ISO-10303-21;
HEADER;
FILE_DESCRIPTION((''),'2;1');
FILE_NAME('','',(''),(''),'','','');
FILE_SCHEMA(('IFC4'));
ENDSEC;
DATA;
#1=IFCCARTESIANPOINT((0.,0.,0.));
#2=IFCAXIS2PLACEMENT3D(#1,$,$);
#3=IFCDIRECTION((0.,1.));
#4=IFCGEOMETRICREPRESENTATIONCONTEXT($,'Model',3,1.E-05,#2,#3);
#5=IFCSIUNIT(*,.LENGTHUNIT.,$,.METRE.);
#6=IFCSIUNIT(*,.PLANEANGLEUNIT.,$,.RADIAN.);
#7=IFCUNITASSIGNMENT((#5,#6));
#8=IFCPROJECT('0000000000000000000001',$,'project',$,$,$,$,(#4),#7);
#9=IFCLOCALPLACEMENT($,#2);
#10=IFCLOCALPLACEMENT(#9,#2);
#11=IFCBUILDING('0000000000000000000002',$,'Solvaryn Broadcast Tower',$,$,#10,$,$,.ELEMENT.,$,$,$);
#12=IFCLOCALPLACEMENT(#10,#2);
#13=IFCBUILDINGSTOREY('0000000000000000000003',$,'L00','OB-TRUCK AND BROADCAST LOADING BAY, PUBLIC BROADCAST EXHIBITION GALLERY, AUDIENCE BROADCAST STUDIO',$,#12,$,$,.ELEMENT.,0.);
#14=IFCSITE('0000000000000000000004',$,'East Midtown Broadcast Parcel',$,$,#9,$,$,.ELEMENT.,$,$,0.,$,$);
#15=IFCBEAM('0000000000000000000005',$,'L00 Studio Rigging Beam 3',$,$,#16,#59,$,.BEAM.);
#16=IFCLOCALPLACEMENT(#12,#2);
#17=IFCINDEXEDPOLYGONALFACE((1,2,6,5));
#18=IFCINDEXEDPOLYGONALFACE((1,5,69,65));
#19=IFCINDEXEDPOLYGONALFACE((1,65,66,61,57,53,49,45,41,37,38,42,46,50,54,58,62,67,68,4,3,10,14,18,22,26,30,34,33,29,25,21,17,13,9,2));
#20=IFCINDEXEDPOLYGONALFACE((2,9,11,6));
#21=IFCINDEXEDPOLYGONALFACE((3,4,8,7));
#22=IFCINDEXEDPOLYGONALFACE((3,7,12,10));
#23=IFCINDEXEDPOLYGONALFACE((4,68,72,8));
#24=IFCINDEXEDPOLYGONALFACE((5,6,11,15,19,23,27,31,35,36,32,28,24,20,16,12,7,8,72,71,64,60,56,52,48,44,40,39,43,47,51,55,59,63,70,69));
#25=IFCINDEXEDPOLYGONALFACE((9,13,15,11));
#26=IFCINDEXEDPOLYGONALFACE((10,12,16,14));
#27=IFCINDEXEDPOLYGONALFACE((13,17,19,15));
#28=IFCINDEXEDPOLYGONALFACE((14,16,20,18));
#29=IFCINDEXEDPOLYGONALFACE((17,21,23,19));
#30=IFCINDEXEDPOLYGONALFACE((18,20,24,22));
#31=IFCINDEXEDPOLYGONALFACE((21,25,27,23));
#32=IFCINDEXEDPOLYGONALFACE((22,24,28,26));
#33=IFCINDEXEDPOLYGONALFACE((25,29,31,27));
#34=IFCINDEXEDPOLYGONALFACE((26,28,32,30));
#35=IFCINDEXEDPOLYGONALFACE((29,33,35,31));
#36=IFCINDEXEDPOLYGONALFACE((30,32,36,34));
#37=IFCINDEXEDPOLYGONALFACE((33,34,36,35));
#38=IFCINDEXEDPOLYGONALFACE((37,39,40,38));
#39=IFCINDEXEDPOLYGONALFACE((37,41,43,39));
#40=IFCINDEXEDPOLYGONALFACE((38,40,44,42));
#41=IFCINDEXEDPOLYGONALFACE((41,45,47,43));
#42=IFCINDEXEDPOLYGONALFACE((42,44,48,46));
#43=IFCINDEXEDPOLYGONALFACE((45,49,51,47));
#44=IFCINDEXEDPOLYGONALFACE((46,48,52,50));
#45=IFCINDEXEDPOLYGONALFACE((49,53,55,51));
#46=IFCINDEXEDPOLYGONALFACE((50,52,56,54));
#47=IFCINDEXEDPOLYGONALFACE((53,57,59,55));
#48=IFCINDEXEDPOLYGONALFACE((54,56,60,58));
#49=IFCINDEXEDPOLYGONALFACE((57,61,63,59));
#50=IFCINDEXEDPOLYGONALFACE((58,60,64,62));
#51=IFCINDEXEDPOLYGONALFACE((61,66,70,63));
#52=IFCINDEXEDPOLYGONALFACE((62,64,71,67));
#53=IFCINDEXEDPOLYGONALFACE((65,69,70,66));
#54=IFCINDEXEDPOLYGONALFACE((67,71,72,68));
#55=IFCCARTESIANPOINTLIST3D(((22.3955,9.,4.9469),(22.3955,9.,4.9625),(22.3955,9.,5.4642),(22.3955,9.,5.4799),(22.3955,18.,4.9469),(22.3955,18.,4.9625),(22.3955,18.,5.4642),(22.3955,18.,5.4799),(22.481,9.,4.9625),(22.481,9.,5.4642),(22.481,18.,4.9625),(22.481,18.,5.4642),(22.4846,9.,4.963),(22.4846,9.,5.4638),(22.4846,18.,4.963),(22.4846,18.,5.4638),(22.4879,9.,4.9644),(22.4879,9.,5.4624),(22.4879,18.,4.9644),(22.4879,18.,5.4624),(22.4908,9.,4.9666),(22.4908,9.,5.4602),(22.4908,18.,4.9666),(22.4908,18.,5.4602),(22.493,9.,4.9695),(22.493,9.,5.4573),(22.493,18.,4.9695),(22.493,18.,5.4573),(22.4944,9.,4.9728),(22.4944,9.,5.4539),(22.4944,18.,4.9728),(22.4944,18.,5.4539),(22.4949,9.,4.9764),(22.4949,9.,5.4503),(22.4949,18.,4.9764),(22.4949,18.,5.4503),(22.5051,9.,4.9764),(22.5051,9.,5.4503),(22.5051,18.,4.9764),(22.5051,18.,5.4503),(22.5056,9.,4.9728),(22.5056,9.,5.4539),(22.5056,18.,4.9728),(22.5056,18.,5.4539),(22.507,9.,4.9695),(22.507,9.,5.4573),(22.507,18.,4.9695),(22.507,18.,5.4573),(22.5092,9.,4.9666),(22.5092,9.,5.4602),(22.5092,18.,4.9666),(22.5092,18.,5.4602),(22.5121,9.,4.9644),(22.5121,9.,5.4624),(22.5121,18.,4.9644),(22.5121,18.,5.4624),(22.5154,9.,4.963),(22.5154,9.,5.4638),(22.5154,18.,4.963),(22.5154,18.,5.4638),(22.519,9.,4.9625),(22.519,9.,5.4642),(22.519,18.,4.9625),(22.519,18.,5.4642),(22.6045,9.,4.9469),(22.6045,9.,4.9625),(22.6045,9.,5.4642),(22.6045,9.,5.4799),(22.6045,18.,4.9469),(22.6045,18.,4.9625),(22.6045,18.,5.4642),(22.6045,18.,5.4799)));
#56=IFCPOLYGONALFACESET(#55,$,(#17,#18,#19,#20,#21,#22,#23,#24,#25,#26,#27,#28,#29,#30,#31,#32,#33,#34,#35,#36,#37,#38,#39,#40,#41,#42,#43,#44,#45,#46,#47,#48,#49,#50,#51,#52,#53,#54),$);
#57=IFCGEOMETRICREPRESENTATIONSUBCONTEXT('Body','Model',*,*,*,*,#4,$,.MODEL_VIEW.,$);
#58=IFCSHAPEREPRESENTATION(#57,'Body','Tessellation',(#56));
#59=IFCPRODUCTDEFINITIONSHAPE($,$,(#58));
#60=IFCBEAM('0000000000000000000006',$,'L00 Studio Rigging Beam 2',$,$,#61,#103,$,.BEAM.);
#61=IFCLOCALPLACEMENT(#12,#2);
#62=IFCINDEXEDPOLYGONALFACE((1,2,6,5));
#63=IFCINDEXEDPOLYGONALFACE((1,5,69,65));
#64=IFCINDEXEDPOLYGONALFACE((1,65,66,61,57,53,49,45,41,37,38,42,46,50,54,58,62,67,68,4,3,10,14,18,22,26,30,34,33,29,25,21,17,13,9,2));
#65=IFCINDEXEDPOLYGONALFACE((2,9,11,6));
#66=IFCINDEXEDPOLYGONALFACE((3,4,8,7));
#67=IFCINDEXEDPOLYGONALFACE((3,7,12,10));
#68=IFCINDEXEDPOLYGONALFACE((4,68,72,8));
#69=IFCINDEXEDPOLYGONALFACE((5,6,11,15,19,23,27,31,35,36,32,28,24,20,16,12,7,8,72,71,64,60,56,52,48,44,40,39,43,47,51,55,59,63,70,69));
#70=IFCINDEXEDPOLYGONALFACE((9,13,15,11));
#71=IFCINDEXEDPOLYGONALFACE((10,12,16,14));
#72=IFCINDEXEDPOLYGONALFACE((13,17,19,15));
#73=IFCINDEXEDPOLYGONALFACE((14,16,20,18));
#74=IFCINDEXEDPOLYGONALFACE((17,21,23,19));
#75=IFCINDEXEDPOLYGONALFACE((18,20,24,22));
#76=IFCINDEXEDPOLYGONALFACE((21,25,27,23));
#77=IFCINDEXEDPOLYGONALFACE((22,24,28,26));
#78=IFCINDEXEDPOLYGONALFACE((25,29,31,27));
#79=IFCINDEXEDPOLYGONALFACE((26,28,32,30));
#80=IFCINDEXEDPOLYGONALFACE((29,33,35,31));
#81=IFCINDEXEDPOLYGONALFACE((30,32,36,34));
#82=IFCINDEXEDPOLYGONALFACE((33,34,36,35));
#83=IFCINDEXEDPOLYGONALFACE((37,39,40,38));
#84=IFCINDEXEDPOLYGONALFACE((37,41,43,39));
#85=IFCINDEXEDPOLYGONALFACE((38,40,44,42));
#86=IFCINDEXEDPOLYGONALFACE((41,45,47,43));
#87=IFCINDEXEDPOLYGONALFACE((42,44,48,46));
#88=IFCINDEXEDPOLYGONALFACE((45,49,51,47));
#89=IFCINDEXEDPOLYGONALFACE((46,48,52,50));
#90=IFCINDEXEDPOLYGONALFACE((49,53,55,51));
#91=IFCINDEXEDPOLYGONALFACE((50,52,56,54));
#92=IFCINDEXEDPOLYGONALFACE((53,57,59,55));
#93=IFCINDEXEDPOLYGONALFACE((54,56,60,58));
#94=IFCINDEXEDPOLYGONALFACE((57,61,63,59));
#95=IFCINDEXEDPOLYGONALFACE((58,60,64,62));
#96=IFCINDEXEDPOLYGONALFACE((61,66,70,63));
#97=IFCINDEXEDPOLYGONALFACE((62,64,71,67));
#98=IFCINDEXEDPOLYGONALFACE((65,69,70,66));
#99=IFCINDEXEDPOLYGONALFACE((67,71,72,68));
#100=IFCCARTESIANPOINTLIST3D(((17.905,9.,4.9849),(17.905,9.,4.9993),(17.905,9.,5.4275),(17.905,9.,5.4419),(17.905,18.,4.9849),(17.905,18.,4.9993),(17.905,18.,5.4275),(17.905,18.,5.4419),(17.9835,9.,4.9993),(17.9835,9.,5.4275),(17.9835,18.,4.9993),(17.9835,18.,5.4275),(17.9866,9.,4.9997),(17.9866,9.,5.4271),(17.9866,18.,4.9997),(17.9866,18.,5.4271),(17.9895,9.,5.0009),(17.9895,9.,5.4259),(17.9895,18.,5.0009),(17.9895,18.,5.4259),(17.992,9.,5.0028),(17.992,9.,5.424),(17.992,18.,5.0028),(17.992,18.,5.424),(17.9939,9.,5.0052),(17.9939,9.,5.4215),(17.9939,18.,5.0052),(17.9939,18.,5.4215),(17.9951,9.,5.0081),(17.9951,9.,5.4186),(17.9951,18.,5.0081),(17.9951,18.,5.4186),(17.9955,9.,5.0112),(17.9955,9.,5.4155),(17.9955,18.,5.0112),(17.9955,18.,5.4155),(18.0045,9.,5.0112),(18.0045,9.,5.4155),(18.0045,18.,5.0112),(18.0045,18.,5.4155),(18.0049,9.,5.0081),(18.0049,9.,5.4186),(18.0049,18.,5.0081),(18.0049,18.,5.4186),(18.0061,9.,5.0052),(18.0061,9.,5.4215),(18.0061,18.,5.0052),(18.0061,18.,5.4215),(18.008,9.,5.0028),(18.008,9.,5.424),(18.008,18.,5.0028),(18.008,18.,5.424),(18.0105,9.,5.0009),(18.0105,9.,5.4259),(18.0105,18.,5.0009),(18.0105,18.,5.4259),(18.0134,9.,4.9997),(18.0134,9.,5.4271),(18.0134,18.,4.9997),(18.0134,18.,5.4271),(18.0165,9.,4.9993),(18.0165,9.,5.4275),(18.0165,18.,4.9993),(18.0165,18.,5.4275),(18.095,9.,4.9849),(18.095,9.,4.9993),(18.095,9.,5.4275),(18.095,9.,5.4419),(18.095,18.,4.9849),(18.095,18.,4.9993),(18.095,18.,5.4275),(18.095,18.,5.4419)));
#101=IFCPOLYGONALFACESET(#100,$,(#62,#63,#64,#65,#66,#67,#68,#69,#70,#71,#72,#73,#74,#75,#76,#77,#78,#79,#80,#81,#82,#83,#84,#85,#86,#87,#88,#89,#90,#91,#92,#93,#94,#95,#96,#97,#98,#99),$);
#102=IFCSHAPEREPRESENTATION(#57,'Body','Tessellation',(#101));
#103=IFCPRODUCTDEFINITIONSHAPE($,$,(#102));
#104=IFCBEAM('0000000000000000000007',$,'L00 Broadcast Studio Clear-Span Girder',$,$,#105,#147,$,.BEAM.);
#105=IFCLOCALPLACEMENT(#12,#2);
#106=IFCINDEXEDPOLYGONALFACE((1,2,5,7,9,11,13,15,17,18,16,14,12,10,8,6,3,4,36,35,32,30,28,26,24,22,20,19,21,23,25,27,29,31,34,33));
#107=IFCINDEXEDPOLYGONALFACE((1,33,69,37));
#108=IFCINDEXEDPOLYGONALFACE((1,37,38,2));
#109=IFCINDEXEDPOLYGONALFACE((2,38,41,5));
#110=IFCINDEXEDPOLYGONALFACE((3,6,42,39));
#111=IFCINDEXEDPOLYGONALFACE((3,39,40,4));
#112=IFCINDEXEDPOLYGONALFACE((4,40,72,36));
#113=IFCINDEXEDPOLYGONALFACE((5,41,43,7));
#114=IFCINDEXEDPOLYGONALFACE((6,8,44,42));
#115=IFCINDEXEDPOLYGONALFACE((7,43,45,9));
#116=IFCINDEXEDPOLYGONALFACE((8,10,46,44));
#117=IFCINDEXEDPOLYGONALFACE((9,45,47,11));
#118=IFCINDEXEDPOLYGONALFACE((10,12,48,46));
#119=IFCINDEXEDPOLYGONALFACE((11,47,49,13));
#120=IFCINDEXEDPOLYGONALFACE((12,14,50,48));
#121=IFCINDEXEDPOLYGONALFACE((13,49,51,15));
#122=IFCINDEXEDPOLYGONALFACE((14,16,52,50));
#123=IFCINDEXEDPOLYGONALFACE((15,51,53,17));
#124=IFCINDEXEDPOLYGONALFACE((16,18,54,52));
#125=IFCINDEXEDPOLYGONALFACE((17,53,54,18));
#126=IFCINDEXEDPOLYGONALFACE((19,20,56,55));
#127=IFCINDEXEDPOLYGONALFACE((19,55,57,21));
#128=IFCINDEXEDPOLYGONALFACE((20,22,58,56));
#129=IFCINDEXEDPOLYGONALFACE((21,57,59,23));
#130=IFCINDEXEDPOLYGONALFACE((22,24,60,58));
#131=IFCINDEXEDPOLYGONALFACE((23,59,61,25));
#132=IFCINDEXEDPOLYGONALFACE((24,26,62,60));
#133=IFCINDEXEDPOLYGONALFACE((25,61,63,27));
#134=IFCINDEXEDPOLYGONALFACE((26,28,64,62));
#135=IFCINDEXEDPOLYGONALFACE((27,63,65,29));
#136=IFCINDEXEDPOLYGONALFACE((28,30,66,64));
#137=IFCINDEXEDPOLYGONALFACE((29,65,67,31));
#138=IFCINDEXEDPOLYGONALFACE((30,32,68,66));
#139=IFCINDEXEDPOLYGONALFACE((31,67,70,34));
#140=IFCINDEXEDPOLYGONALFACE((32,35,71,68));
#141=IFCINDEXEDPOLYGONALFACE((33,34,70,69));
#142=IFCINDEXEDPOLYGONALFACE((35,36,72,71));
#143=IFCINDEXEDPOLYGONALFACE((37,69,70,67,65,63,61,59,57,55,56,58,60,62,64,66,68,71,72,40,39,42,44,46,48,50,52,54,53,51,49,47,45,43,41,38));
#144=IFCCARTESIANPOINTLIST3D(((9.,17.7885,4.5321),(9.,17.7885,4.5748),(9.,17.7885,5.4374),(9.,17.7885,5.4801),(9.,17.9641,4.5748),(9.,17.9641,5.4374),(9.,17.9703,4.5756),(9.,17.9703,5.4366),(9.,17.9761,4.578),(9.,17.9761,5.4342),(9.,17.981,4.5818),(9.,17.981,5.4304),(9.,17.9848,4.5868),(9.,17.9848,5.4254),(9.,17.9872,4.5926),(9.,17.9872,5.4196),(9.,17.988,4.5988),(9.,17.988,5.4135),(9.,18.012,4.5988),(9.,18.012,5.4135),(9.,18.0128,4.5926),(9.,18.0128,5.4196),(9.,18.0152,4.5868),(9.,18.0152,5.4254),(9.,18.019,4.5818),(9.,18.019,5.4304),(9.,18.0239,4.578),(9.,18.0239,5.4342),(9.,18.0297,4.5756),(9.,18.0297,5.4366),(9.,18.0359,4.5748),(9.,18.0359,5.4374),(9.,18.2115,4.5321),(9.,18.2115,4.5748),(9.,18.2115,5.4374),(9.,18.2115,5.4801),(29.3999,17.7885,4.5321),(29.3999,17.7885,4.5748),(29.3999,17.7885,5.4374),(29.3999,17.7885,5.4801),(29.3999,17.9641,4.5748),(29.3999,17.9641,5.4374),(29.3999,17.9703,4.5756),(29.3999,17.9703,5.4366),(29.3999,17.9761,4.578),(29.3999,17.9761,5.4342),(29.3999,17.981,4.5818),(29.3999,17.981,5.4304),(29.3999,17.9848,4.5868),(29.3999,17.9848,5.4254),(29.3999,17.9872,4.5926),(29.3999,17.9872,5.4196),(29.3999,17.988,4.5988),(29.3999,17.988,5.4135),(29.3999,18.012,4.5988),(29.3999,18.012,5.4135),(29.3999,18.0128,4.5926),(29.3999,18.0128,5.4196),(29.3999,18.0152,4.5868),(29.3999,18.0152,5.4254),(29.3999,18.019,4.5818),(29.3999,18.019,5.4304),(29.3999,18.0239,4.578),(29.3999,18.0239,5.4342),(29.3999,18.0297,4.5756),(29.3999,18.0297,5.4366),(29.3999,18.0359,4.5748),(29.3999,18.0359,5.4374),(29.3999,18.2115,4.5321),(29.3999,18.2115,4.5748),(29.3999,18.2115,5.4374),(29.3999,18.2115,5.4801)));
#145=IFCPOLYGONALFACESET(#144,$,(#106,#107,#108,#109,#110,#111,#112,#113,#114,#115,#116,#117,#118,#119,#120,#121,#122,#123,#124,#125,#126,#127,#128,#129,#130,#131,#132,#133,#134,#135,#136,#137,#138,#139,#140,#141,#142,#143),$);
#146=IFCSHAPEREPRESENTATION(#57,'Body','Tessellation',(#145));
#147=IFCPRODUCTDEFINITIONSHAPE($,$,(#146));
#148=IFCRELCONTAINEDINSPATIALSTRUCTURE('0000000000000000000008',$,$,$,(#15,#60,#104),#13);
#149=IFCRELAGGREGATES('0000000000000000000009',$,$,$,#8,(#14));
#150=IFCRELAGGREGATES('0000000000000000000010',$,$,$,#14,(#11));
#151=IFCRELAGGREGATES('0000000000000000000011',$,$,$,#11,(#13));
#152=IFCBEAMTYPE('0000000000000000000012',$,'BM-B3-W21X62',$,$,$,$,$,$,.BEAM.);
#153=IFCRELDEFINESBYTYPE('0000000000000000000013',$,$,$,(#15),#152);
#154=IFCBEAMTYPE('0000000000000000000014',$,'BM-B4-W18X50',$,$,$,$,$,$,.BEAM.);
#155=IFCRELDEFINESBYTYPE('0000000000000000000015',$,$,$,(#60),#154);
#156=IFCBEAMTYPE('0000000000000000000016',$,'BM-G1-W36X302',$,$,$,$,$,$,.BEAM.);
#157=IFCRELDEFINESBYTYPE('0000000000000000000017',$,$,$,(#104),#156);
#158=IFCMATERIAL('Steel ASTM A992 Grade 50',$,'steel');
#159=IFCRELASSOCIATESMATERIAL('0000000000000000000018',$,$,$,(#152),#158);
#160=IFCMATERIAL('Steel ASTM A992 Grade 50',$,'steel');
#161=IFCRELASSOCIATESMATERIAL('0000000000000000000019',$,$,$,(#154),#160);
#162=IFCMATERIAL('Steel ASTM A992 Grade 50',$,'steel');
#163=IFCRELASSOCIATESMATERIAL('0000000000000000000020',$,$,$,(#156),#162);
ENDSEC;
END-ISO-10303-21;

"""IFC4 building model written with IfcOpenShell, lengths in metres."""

from ifc_helpers import new_model, si_unit, direction, frame, origin, origin_2d, place, context, subcontext, project, spatial, i_section, extrude, material, material_profile, profile_set, type_object, element, save


model = new_model("IFC4")

# Units and contexts
model_context = context("Model", 3, precision=1e-05, world=origin(), true_north=direction((0.0, 1.0)))
body_context = subcontext(model_context, "Body", "Model", "MODEL_VIEW")
ifc_project = project(units=[si_unit("LENGTHUNIT", "METRE"), si_unit("PLANEANGLEUNIT", "RADIAN")], contexts=[model_context])

# Site, building, storey
site_placement = place(None, origin())
site = spatial("IfcSite", under=ifc_project, at=site_placement, Name="East Midtown Broadcast Parcel", CompositionType="ELEMENT", RefElevation=0.0)
building_placement = place(site_placement, origin())
building = spatial("IfcBuilding", under=site, at=building_placement, Name="Solvaryn Broadcast Tower", CompositionType="ELEMENT")
storey_placement = place(building_placement, origin())
storey = spatial("IfcBuildingStorey", under=building, at=storey_placement, Name="L00", Description="OB-TRUCK AND BROADCAST LOADING BAY, PUBLIC BROADCAST EXHIBITION GALLERY, AUDIENCE BROADCAST STUDIO", CompositionType="ELEMENT", Elevation=0.0)

# Beams
ifc_material_1 = material(Name="Steel ASTM A992 Grade 50", Category="steel")
ifc_material_profile_1 = material_profile(ifc_material_1, i_section(OverallWidth=0.209, OverallDepth=0.533, WebThickness=0.0103, FlangeThickness=0.0156, FilletRadius=0.0139, at=origin_2d()))
ifc_profile_set_1 = profile_set([ifc_material_profile_1], Name="Steel ASTM A992 Grade 50")
beam_type_1 = type_object("IfcBeamType", Name="BM-B3-W21X62", PredefinedType="BEAM", material=ifc_profile_set_1)
for number, where, z_axis, x_axis, name in (
    (1, (22.5, 9.0, 5.2134), (0.0, 1.0, 0.0), (-1.0, 0.0, 0.0), "L00 Studio Rigging Beam 3"),
):
    element("IfcBeam", number, at=place(storey_placement, frame(where, z_axis=z_axis, x_axis=x_axis)), inside=storey, type_object=beam_type_1, Name=name, PredefinedType="BEAM", context=body_context, shape_type="SweptSolid", body=[
        extrude(i_section(OverallWidth=0.209, OverallDepth=0.533, WebThickness=0.0103, FlangeThickness=0.0156, FilletRadius=0.0139, at=origin_2d()), origin(), (0.0, 0.0, 1.0), 9.0),
    ])
ifc_material_2 = material(Name="Steel ASTM A992 Grade 50", Category="steel")
ifc_material_profile_2 = material_profile(ifc_material_2, i_section(OverallWidth=0.1899, OverallDepth=0.457, WebThickness=0.009, FlangeThickness=0.0144, FilletRadius=0.012, at=origin_2d()))
ifc_profile_set_2 = profile_set([ifc_material_profile_2], Name="Steel ASTM A992 Grade 50")
beam_type_2 = type_object("IfcBeamType", Name="BM-B4-W18X50", PredefinedType="BEAM", material=ifc_profile_set_2)
beam_1_placement = place(storey_placement, frame((18.0, 9.0, 5.2134), z_axis=(0.0, 1.0, 0.0), x_axis=(-1.0, 0.0, 0.0)))
element("IfcBeam", 2, at=beam_1_placement, inside=storey, type_object=beam_type_2, Name="L00 Studio Rigging Beam 2", PredefinedType="BEAM", context=body_context, shape_type="SweptSolid", body=[
    extrude(i_section(OverallWidth=0.1899, OverallDepth=0.457, WebThickness=0.009, FlangeThickness=0.0144, FilletRadius=0.012, at=origin_2d()), origin(), (0.0, 0.0, 1.0), 9.0),
])
ifc_material_3 = material(Name="Steel ASTM A992 Grade 50", Category="steel")
ifc_material_profile_3 = material_profile(ifc_material_3, i_section(OverallWidth=0.4231, OverallDepth=0.948, WebThickness=0.0239, FlangeThickness=0.0427, FilletRadius=0.0239, at=origin_2d()))
ifc_profile_set_3 = profile_set([ifc_material_profile_3], Name="Steel ASTM A992 Grade 50")
beam_type_3 = type_object("IfcBeamType", Name="BM-G1-W36X302", PredefinedType="BEAM", material=ifc_profile_set_3)
beam_2_placement = place(storey_placement, frame((9.0, 18.0, 5.0061), z_axis=(1.0, 0.0, 0.0), x_axis=(0.0, 1.0, 0.0)))
element("IfcBeam", 3, at=beam_2_placement, inside=storey, type_object=beam_type_3, Name="L00 Broadcast Studio Clear-Span Girder", PredefinedType="BEAM", context=body_context, shape_type="SweptSolid", body=[
    extrude(i_section(OverallWidth=0.4231, OverallDepth=0.948, WebThickness=0.0239, FlangeThickness=0.0427, FilletRadius=0.0239, at=origin_2d()), origin(), (0.0, 0.0, 1.0), 20.3999),
])

save(model, "model.ifc")
